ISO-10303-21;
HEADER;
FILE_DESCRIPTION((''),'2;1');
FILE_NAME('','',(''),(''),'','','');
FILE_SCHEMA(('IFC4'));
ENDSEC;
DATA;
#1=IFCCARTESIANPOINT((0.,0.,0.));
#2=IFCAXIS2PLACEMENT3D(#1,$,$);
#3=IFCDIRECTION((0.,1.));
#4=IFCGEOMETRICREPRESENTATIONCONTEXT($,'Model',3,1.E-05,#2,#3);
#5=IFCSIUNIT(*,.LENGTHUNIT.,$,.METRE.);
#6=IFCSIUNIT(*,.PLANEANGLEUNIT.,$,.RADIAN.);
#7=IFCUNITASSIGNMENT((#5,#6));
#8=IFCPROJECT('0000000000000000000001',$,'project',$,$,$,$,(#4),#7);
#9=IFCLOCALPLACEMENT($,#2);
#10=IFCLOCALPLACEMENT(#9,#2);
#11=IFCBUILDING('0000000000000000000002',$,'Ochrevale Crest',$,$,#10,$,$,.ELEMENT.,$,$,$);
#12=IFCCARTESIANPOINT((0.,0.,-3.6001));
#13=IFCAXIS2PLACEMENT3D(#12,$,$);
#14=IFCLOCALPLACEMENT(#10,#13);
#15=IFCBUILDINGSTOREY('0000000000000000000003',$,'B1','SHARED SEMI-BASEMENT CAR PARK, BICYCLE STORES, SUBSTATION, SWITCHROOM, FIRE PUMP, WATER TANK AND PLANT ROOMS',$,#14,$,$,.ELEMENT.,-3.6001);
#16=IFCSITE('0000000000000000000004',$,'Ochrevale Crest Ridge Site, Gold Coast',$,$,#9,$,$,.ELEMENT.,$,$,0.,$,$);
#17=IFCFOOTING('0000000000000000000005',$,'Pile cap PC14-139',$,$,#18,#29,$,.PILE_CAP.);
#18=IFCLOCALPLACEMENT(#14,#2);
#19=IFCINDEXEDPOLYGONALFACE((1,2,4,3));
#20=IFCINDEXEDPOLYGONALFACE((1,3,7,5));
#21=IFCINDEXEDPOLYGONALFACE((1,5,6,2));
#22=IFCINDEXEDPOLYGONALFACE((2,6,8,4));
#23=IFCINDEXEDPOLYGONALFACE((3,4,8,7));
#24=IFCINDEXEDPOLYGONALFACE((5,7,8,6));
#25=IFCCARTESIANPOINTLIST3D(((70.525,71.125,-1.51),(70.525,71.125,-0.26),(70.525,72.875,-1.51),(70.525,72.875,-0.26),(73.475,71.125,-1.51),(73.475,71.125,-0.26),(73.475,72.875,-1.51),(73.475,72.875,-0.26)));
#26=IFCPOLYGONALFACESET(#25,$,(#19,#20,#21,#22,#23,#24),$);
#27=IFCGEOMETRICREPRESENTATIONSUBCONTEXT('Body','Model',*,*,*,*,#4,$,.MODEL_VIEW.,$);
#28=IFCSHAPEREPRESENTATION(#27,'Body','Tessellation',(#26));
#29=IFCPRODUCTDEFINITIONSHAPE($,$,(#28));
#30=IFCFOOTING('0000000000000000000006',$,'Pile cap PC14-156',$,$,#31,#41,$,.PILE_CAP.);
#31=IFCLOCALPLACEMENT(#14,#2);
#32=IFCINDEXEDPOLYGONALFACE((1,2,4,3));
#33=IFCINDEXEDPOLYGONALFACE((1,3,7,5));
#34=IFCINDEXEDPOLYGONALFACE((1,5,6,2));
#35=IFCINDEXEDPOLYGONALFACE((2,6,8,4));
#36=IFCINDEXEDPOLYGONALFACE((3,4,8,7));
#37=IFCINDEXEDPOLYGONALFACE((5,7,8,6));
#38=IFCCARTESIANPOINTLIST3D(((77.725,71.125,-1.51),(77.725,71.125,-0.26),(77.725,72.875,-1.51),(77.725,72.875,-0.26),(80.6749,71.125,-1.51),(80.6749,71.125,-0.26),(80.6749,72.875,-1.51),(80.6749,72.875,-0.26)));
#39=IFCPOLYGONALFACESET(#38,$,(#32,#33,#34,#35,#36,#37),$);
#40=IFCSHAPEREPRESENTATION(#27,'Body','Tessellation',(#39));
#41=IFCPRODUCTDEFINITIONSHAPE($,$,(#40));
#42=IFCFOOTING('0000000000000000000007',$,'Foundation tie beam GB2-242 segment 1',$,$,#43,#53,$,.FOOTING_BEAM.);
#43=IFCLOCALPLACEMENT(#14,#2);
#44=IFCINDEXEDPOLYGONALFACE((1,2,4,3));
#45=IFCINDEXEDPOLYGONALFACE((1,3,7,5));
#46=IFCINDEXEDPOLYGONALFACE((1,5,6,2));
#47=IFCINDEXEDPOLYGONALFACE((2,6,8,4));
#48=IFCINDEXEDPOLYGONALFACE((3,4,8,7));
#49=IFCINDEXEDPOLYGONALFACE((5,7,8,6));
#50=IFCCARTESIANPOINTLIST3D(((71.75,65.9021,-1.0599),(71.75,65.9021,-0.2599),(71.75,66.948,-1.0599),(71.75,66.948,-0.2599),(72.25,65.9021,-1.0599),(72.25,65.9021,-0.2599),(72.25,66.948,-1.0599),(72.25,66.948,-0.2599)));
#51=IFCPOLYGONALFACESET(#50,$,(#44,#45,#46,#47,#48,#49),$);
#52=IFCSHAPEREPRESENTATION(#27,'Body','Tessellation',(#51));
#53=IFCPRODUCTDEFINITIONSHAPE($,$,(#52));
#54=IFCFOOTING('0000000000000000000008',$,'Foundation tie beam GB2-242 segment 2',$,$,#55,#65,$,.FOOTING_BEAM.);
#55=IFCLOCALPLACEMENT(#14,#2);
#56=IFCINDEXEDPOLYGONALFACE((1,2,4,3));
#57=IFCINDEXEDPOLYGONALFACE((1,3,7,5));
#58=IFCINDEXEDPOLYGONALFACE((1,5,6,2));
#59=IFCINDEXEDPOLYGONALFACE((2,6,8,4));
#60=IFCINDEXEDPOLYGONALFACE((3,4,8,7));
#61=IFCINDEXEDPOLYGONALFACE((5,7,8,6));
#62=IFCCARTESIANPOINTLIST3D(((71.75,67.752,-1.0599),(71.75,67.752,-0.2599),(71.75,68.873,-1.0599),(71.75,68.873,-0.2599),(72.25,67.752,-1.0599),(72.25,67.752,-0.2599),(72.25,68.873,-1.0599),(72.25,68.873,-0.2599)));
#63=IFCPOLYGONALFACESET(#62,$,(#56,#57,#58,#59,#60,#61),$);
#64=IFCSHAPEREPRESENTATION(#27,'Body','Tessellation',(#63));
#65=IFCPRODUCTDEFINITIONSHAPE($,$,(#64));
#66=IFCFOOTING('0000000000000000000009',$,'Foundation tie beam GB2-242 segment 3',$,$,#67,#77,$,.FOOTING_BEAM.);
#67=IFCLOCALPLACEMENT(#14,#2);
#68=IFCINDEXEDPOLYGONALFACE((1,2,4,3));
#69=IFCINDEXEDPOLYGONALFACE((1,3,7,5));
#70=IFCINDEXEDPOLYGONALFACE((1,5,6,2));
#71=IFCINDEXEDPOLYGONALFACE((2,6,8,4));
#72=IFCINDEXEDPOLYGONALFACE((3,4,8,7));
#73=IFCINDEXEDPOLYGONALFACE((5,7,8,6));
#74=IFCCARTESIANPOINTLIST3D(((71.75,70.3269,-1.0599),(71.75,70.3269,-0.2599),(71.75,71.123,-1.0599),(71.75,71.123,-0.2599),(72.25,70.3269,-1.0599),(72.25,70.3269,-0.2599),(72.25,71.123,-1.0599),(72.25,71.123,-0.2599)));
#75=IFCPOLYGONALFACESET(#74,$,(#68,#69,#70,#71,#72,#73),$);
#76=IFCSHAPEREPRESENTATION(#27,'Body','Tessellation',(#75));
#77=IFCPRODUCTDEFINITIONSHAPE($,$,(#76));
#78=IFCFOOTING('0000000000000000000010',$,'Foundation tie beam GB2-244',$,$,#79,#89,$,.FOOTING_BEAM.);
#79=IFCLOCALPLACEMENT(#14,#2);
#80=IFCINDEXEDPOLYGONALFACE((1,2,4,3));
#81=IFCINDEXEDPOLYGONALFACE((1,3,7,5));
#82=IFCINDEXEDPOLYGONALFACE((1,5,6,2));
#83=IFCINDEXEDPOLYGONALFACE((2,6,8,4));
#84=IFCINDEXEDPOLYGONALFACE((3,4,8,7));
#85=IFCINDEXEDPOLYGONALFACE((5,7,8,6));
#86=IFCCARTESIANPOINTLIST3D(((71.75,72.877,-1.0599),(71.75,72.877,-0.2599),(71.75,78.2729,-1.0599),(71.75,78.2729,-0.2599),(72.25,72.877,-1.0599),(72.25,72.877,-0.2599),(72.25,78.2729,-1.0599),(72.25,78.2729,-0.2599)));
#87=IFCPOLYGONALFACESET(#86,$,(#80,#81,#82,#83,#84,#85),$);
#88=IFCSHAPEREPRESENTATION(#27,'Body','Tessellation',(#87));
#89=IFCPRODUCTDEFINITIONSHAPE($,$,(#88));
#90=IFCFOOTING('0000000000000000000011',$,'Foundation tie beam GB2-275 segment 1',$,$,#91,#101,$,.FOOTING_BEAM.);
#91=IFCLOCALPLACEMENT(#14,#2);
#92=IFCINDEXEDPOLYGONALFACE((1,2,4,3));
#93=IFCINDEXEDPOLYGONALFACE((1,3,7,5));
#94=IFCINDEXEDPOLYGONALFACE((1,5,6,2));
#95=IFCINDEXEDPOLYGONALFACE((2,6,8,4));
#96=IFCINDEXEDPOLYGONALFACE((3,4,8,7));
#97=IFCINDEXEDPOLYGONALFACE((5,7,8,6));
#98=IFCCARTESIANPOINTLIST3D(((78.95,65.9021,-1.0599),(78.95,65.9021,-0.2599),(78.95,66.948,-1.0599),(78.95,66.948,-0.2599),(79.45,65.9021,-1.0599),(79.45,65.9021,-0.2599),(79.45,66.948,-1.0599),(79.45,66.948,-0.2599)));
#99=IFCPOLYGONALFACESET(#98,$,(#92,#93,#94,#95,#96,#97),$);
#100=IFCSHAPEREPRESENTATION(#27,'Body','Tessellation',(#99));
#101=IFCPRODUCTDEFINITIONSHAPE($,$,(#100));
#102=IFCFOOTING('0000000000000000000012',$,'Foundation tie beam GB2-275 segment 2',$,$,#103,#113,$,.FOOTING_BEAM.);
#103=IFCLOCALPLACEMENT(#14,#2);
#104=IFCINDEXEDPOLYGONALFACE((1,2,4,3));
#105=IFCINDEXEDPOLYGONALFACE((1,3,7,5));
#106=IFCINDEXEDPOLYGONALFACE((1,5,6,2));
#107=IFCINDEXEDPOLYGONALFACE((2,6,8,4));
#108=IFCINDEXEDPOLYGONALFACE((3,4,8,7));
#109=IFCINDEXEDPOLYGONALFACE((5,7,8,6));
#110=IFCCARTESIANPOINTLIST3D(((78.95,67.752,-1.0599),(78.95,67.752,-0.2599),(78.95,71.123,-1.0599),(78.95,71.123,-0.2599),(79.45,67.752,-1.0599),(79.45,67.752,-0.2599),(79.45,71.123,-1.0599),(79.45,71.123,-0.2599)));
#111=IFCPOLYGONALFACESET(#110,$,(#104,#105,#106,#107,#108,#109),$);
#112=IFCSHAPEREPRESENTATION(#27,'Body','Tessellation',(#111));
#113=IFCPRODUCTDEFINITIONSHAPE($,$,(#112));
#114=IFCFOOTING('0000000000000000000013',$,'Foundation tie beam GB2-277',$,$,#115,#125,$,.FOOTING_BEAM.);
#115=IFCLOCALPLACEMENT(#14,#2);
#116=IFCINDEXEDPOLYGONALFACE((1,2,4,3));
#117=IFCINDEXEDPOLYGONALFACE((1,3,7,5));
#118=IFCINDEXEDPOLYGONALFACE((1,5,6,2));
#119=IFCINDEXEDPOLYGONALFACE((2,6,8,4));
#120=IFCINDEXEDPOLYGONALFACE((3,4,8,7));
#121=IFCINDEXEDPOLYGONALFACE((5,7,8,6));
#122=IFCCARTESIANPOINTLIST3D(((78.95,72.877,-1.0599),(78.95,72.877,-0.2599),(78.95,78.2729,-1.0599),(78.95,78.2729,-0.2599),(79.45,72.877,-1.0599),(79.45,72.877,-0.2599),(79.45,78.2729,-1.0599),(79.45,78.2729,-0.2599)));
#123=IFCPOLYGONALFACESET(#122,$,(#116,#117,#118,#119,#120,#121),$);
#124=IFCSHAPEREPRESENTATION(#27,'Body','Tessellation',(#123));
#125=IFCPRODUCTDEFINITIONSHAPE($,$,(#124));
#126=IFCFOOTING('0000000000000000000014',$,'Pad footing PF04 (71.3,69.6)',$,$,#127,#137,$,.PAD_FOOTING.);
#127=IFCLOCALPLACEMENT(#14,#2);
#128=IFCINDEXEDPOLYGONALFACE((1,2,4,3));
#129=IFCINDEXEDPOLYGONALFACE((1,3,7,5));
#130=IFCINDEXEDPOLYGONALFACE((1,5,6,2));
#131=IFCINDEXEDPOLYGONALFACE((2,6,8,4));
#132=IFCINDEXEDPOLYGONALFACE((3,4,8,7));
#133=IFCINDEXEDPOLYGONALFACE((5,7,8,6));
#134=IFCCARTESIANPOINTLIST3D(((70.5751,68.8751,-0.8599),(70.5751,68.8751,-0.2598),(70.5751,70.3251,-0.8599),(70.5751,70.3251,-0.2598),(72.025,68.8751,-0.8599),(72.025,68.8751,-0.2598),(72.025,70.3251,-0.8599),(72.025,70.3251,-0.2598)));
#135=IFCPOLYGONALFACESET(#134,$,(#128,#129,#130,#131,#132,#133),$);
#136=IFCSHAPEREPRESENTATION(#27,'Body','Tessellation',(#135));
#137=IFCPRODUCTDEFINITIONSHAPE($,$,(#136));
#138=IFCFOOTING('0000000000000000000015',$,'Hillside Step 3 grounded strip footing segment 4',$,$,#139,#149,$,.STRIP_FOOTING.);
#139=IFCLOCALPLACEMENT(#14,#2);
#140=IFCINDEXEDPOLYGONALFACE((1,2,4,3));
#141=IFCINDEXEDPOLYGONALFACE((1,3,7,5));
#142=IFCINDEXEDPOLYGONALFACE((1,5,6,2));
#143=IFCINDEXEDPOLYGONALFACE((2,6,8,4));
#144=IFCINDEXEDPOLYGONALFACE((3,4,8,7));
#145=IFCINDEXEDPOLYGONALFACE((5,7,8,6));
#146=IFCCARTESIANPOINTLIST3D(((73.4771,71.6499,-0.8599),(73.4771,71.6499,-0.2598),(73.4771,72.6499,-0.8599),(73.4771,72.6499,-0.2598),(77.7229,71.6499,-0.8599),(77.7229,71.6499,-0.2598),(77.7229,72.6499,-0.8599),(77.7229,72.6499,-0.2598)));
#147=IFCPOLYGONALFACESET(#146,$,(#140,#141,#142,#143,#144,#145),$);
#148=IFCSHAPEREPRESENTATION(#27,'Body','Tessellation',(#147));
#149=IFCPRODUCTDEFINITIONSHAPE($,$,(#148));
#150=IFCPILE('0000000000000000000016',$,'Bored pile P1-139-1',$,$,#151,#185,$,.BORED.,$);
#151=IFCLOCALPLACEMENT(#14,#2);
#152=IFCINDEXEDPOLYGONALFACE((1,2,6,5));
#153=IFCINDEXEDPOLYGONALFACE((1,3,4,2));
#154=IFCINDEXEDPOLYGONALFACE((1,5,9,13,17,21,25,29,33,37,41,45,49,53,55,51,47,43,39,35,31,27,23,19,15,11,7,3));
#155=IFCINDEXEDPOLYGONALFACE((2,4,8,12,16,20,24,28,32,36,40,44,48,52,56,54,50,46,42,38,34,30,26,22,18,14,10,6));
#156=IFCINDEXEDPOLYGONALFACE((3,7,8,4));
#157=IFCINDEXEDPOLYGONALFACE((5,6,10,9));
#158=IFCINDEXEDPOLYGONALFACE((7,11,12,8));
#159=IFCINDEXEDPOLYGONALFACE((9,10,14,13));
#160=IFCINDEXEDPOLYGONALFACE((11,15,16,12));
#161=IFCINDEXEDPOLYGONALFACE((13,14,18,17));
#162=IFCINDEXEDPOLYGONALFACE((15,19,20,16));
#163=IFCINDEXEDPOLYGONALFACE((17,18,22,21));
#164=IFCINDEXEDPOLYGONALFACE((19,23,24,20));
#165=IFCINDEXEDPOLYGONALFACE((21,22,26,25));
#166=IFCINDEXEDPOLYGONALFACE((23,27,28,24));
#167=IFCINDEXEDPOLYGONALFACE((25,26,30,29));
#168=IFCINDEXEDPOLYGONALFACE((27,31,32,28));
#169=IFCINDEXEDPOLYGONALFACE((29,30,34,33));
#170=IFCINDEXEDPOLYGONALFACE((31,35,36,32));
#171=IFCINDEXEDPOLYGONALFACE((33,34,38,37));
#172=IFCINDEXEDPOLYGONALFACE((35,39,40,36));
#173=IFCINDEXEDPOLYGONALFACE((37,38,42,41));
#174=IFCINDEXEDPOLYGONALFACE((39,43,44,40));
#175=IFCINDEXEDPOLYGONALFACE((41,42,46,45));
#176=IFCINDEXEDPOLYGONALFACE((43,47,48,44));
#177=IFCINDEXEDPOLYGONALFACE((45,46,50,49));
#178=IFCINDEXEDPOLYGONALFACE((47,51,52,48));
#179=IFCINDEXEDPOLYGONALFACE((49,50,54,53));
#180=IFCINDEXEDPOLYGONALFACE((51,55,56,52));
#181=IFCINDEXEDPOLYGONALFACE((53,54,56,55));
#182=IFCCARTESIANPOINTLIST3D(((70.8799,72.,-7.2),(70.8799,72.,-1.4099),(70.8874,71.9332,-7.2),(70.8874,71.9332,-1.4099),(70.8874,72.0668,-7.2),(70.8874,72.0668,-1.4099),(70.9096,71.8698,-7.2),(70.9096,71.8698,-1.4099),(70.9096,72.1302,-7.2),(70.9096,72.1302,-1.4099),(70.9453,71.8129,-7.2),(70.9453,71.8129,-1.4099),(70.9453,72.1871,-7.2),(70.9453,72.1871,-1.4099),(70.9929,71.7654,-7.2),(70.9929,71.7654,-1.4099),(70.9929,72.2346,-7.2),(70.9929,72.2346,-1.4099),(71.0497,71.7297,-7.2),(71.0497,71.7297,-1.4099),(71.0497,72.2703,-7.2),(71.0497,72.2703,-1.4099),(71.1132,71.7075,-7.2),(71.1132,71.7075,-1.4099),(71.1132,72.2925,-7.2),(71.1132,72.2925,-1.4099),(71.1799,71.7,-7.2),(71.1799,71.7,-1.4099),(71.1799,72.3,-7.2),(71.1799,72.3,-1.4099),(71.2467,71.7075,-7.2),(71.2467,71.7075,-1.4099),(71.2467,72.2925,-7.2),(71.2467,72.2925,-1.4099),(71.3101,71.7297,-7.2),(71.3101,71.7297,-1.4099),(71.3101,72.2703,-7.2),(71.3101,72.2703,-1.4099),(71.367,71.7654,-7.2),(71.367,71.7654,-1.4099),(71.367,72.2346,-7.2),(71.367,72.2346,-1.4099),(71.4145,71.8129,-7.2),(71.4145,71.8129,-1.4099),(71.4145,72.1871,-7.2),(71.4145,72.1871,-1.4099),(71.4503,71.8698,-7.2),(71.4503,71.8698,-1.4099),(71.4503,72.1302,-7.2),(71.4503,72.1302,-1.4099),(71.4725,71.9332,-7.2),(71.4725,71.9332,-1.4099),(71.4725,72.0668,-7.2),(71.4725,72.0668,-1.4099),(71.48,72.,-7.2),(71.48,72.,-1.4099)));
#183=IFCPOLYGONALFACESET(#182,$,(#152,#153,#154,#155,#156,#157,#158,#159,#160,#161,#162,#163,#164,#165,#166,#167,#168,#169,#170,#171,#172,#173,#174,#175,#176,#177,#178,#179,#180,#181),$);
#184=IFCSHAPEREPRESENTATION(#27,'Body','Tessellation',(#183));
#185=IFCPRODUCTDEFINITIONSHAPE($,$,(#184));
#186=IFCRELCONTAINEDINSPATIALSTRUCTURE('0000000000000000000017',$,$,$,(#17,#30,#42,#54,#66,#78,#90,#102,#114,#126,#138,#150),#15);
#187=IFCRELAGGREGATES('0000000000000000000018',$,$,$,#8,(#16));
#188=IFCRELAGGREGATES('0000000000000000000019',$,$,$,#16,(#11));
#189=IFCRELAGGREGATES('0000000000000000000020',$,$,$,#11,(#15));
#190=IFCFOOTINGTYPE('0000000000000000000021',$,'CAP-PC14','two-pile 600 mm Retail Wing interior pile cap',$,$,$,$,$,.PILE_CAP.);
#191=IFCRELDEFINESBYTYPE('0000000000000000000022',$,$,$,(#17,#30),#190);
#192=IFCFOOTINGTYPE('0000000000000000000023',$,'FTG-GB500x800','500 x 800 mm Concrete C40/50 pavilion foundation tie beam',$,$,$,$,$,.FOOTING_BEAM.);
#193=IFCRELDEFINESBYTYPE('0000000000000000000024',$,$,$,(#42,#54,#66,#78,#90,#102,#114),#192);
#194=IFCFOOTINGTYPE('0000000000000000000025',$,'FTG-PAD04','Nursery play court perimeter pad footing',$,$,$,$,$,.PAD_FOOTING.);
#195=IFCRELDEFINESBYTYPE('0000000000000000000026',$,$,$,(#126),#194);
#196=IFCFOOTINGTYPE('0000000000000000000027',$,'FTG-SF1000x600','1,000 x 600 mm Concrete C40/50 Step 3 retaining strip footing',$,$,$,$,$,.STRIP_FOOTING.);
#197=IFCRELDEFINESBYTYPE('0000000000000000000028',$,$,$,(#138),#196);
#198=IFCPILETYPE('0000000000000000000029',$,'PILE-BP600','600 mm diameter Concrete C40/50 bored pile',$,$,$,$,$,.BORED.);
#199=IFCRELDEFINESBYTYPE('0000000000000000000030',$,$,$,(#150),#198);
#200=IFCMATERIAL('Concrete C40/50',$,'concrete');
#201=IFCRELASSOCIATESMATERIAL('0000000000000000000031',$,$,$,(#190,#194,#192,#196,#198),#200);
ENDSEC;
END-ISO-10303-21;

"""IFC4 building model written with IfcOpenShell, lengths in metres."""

from ifc_helpers import new_model, si_unit, direction, frame, origin, origin_2d, place, context, subcontext, project, spatial, rectangle, circle, extrude, material, material_profile, profile_set, type_object, element, save


model = new_model("IFC4")

# Units and contexts
model_context = context("Model", 3, precision=1e-05, world=origin(), true_north=direction((0.0, 1.0)))
body_context = subcontext(model_context, "Body", "Model", "MODEL_VIEW")
ifc_project = project(units=[si_unit("LENGTHUNIT", "METRE"), si_unit("PLANEANGLEUNIT", "RADIAN")], contexts=[model_context])

# Site, building, storey
site_placement = place(None, origin())
site = spatial("IfcSite", under=ifc_project, at=site_placement, Name="Ochrevale Crest Ridge Site, Gold Coast", CompositionType="ELEMENT", RefElevation=0.0)
building_placement = place(site_placement, origin())
building = spatial("IfcBuilding", under=site, at=building_placement, Name="Ochrevale Crest", CompositionType="ELEMENT")
storey_placement = place(building_placement, frame((0.0, 0.0, -3.6001)))
storey = spatial("IfcBuildingStorey", under=building, at=storey_placement, Name="B1", Description="SHARED SEMI-BASEMENT CAR PARK, BICYCLE STORES, SUBSTATION, SWITCHROOM, FIRE PUMP, WATER TANK AND PLANT ROOMS", CompositionType="ELEMENT", Elevation=-3.6001)

# Footings
ifc_material_1 = material(Name="Concrete C40/50", Category="concrete")
footing_type_1 = type_object("IfcFootingType", Name="CAP-PC14", Description="two-pile 600 mm Retail Wing interior pile cap", PredefinedType="PILE_CAP", material=ifc_material_1)
for number, where, z_axis, x_axis, name in (
    (1, (72.0, 72.0, -1.51), (0.0, 0.0, 1.0), (1.0, 0.0, 0.0), "Pile cap PC14-139"),
    (2, (79.2, 72.0, -1.51), (0.0, 0.0, 1.0), (1.0, 0.0, 0.0), "Pile cap PC14-156"),
):
    element("IfcFooting", number, at=place(storey_placement, frame(where, z_axis=z_axis, x_axis=x_axis)), inside=storey, type_object=footing_type_1, Name=name, PredefinedType="PILE_CAP", context=body_context, shape_type="SweptSolid", body=[
        extrude(rectangle(XDim=2.95, YDim=1.75, at=origin_2d()), origin(), (0.0, 0.0, 1.0), 1.25),
    ])
ifc_material_profile_1 = material_profile(ifc_material_1, rectangle(XDim=0.5, YDim=0.8, at=origin_2d()), Name="GB 500x800")
ifc_profile_set_1 = profile_set([ifc_material_profile_1], Name="Concrete C40/50")
footing_type_2 = type_object("IfcFootingType", Name="FTG-GB500x800", Description="500 x 800 mm Concrete C40/50 pavilion foundation tie beam", PredefinedType="FOOTING_BEAM", material=ifc_profile_set_1)
footing_1_placement = place(storey_placement, frame((72.0, 65.9021, -0.6599), z_axis=(0.0, 1.0, 0.0), x_axis=(-1.0, 0.0, 0.0)))
element("IfcFooting", 3, at=footing_1_placement, inside=storey, type_object=footing_type_2, Name="Foundation tie beam GB2-242 segment 1", PredefinedType="FOOTING_BEAM", context=body_context, shape_type="SweptSolid", body=[
    extrude(rectangle(XDim=0.5, YDim=0.8, at=origin_2d()), origin(), (0.0, 0.0, 1.0), 1.0459),
])
footing_2_placement = place(storey_placement, frame((72.0, 67.752, -0.6599), z_axis=(0.0, 1.0, 0.0), x_axis=(-1.0, 0.0, 0.0)))
element("IfcFooting", 4, at=footing_2_placement, inside=storey, type_object=footing_type_2, Name="Foundation tie beam GB2-242 segment 2", PredefinedType="FOOTING_BEAM", context=body_context, shape_type="SweptSolid", body=[
    extrude(rectangle(XDim=0.5, YDim=0.8, at=origin_2d()), origin(), (0.0, 0.0, 1.0), 1.1211),
])
footing_3_placement = place(storey_placement, frame((72.0, 70.3269, -0.6599), z_axis=(0.0, 1.0, 0.0), x_axis=(-1.0, 0.0, 0.0)))
element("IfcFooting", 5, at=footing_3_placement, inside=storey, type_object=footing_type_2, Name="Foundation tie beam GB2-242 segment 3", PredefinedType="FOOTING_BEAM", context=body_context, shape_type="SweptSolid", body=[
    extrude(rectangle(XDim=0.5, YDim=0.8, at=origin_2d()), origin(), (0.0, 0.0, 1.0), 0.7961),
])
footing_4_placement = place(storey_placement, frame((72.0, 72.877, -0.6599), z_axis=(0.0, 1.0, 0.0), x_axis=(-1.0, 0.0, 0.0)))
element("IfcFooting", 6, at=footing_4_placement, inside=storey, type_object=footing_type_2, Name="Foundation tie beam GB2-244", PredefinedType="FOOTING_BEAM", context=body_context, shape_type="SweptSolid", body=[
    extrude(rectangle(XDim=0.5, YDim=0.8, at=origin_2d()), origin(), (0.0, 0.0, 1.0), 5.396),
])
footing_5_placement = place(storey_placement, frame((79.2, 65.9021, -0.6599), z_axis=(0.0, 1.0, 0.0), x_axis=(-1.0, 0.0, 0.0)))
element("IfcFooting", 7, at=footing_5_placement, inside=storey, type_object=footing_type_2, Name="Foundation tie beam GB2-275 segment 1", PredefinedType="FOOTING_BEAM", context=body_context, shape_type="SweptSolid", body=[
    extrude(rectangle(XDim=0.5, YDim=0.8, at=origin_2d()), origin(), (0.0, 0.0, 1.0), 1.0459),
])
footing_6_placement = place(storey_placement, frame((79.2, 67.752, -0.6599), z_axis=(0.0, 1.0, 0.0), x_axis=(-1.0, 0.0, 0.0)))
element("IfcFooting", 8, at=footing_6_placement, inside=storey, type_object=footing_type_2, Name="Foundation tie beam GB2-275 segment 2", PredefinedType="FOOTING_BEAM", context=body_context, shape_type="SweptSolid", body=[
    extrude(rectangle(XDim=0.5, YDim=0.8, at=origin_2d()), origin(), (0.0, 0.0, 1.0), 3.3711),
])
footing_7_placement = place(storey_placement, frame((79.2, 72.877, -0.6599), z_axis=(0.0, 1.0, 0.0), x_axis=(-1.0, 0.0, 0.0)))
element("IfcFooting", 9, at=footing_7_placement, inside=storey, type_object=footing_type_2, Name="Foundation tie beam GB2-277", PredefinedType="FOOTING_BEAM", context=body_context, shape_type="SweptSolid", body=[
    extrude(rectangle(XDim=0.5, YDim=0.8, at=origin_2d()), origin(), (0.0, 0.0, 1.0), 5.396),
])
footing_type_3 = type_object("IfcFootingType", Name="FTG-PAD04", Description="Nursery play court perimeter pad footing", PredefinedType="PAD_FOOTING", material=ifc_material_1)
footing_8_placement = place(storey_placement, frame((71.3, 69.6001, -0.8599), z_axis=(0.0, 0.0, 1.0), x_axis=(1.0, 0.0, 0.0)))
element("IfcFooting", 10, at=footing_8_placement, inside=storey, type_object=footing_type_3, Name="Pad footing PF04 (71.3,69.6)", PredefinedType="PAD_FOOTING", context=body_context, shape_type="SweptSolid", body=[
    extrude(rectangle(XDim=1.45, YDim=1.45, at=origin_2d()), origin(), (0.0, 0.0, 1.0), 0.6001),
])
ifc_material_profile_2 = material_profile(ifc_material_1, rectangle(XDim=1.0, YDim=0.6001, at=origin_2d()), Name="SF 1000x600")
ifc_profile_set_2 = profile_set([ifc_material_profile_2], Name="Concrete C40/50")
footing_type_4 = type_object("IfcFootingType", Name="FTG-SF1000x600", Description="1,000 x 600 mm Concrete C40/50 Step 3 retaining strip footing", PredefinedType="STRIP_FOOTING", material=ifc_profile_set_2)
footing_9_placement = place(storey_placement, frame((73.4771, 72.1499, -0.5598), z_axis=(1.0, 0.0, 0.0), x_axis=(0.0, 1.0, 0.0)))
element("IfcFooting", 11, at=footing_9_placement, inside=storey, type_object=footing_type_4, Name="Hillside Step 3 grounded strip footing segment 4", PredefinedType="STRIP_FOOTING", context=body_context, shape_type="SweptSolid", body=[
    extrude(rectangle(XDim=1.0, YDim=0.6001, at=origin_2d()), origin(), (0.0, 0.0, 1.0), 4.2458),
])

# Pile
ifc_material_profile_3 = material_profile(ifc_material_1, circle(Radius=0.3, at=origin_2d()), Name="BORED PILE 600")
ifc_profile_set_3 = profile_set([ifc_material_profile_3], Name="Concrete C40/50")
pile_type = type_object("IfcPileType", Name="PILE-BP600", Description="600 mm diameter Concrete C40/50 bored pile", PredefinedType="BORED", material=ifc_profile_set_3)
for number, where, z_axis, x_axis, name in (
    (12, (71.1799, 72.0, -1.4099), (0.0, 0.0, -1.0), (1.0, 0.0, 0.0), "Bored pile P1-139-1"),
):
    element("IfcPile", number, at=place(storey_placement, frame(where, z_axis=z_axis, x_axis=x_axis)), inside=storey, type_object=pile_type, Name=name, PredefinedType="BORED", context=body_context, shape_type="SweptSolid", body=[
        extrude(circle(Radius=0.3, at=origin_2d()), origin(), (0.0, 0.0, 1.0), 5.79),
    ])

save(model, "model.ifc")
